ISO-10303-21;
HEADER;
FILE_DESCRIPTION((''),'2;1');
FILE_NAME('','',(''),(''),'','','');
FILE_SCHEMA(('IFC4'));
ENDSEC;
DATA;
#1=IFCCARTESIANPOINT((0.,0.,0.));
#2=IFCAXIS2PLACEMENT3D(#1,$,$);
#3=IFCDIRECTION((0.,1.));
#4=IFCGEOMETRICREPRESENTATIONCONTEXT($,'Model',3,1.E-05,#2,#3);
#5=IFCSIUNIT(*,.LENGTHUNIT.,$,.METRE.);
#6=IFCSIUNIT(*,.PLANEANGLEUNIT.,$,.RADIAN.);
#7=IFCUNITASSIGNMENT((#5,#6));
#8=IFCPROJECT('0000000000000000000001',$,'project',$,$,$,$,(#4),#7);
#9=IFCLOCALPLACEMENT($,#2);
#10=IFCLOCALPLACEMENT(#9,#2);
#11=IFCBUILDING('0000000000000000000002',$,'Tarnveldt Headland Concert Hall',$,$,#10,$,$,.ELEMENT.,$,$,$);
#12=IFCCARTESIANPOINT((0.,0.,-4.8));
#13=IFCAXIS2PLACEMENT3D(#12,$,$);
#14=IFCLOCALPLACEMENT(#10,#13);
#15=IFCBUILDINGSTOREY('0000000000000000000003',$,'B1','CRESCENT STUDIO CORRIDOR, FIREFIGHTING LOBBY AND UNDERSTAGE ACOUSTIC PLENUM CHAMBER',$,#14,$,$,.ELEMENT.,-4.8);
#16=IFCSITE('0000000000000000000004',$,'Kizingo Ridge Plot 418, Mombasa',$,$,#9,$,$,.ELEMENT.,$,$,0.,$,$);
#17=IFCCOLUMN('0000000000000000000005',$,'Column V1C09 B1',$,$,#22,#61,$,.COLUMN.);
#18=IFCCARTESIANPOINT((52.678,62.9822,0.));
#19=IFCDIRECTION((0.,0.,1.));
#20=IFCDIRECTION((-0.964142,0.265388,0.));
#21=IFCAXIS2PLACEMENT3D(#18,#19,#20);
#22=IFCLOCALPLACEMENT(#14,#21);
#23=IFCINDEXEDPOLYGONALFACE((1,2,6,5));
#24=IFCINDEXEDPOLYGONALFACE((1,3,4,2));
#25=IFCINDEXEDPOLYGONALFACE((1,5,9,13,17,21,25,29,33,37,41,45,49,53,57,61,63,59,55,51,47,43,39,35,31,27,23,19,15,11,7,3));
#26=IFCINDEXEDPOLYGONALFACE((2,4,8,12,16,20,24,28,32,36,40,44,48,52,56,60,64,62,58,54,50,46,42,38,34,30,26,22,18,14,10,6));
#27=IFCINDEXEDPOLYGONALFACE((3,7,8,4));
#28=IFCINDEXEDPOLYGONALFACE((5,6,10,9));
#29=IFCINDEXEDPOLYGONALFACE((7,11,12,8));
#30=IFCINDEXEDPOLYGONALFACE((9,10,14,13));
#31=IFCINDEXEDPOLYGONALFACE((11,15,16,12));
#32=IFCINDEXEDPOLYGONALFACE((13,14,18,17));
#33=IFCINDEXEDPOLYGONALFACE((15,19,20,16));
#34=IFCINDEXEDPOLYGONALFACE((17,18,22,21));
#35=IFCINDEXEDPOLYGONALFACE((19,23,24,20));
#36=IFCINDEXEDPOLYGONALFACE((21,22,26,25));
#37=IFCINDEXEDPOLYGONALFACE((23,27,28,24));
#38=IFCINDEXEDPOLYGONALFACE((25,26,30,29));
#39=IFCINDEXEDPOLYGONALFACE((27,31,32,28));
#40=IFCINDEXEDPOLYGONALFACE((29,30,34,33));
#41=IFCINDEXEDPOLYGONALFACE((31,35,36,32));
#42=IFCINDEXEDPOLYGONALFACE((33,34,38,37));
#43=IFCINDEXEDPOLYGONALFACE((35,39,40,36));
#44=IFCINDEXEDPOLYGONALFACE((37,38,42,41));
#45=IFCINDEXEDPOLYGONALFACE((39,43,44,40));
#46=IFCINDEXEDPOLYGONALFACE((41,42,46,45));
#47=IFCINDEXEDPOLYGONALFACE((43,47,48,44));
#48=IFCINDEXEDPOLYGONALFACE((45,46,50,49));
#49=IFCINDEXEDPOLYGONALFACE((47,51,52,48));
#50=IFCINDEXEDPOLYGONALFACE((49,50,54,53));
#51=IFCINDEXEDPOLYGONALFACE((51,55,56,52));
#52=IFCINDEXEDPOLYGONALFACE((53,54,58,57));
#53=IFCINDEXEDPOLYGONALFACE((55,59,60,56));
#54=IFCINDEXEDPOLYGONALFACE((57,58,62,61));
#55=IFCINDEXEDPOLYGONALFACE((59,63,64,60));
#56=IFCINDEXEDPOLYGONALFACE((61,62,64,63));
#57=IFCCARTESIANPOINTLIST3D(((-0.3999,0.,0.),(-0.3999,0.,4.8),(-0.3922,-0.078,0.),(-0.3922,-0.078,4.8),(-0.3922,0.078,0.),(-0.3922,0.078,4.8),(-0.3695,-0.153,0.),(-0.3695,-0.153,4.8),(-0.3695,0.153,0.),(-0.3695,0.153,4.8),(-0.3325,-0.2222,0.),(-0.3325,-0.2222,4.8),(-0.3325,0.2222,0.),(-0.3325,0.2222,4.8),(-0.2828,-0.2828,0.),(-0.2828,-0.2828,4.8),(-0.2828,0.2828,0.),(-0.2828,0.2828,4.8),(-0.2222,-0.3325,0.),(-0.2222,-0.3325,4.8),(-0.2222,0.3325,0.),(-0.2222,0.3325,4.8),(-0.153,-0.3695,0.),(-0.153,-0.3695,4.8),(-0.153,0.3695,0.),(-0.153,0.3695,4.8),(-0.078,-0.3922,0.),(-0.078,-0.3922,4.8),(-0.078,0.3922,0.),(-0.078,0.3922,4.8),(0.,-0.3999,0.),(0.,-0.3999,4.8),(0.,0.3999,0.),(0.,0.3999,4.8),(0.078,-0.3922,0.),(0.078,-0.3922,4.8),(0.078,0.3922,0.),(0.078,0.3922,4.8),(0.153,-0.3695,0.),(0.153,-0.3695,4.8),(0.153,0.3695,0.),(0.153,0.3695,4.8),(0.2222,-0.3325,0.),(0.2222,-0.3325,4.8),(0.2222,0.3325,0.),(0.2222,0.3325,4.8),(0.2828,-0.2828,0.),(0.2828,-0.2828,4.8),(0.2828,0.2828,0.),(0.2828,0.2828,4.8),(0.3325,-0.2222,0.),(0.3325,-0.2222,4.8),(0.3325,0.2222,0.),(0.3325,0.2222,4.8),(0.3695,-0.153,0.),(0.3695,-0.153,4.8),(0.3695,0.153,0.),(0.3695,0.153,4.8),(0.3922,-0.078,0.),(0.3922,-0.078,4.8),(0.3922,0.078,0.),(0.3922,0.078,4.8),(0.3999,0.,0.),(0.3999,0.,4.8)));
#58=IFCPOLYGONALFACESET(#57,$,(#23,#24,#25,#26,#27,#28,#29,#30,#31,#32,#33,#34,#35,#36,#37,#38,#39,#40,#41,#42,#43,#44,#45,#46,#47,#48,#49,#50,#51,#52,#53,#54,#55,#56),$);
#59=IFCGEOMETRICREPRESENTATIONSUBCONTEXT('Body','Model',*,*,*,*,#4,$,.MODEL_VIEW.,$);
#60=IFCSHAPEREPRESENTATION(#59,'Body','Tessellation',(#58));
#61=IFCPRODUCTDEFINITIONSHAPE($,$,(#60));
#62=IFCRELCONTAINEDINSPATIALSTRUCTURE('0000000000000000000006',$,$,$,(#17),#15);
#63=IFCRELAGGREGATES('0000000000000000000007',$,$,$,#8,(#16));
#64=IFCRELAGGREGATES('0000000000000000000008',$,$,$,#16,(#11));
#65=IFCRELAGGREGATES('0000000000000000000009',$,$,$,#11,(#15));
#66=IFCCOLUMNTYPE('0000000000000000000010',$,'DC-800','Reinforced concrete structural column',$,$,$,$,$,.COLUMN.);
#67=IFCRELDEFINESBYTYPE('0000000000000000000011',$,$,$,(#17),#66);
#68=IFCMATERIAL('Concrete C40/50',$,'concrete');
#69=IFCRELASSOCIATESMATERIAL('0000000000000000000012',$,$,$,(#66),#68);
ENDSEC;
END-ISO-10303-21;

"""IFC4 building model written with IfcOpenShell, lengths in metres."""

from ifc_helpers import new_model, si_unit, direction, frame, origin, origin_2d, place, context, subcontext, project, spatial, circle, extrude, material, material_profile, profile_set, type_object, element, save


model = new_model("IFC4")

# Units and contexts
model_context = context("Model", 3, precision=1e-05, world=origin(), true_north=direction((0.0, 1.0)))
body_context = subcontext(model_context, "Body", "Model", "MODEL_VIEW")
ifc_project = project(units=[si_unit("LENGTHUNIT", "METRE"), si_unit("PLANEANGLEUNIT", "RADIAN")], contexts=[model_context])

# Site, building, storey
site_placement = place(None, origin())
site = spatial("IfcSite", under=ifc_project, at=site_placement, Name="Kizingo Ridge Plot 418, Mombasa", CompositionType="ELEMENT", RefElevation=0.0)
building_placement = place(site_placement, origin())
building = spatial("IfcBuilding", under=site, at=building_placement, Name="Tarnveldt Headland Concert Hall", CompositionType="ELEMENT")
storey_placement = place(building_placement, frame((0.0, 0.0, -4.8)))
storey = spatial("IfcBuildingStorey", under=building, at=storey_placement, Name="B1", Description="CRESCENT STUDIO CORRIDOR, FIREFIGHTING LOBBY AND UNDERSTAGE ACOUSTIC PLENUM CHAMBER", CompositionType="ELEMENT", Elevation=-4.8)

# Shared definitions
ifc_material_1 = material(Name="Concrete C40/50", Category="concrete")

# Column
ifc_material_profile_1 = material_profile(ifc_material_1, circle(Radius=0.3999, at=origin_2d()), Name="RC D800", Category="concrete")
ifc_profile_set_1 = profile_set([ifc_material_profile_1], Name="Concrete C40/50")
column_type_1 = type_object("IfcColumnType", Name="DC-800", Description="Reinforced concrete structural column", PredefinedType="COLUMN", material=ifc_profile_set_1)
for number, where, z_axis, x_axis, name in (
    (1, (52.678, 62.9822, 0.0), (0.0, 0.0, 1.0), (-0.964142, 0.265388, 0.0), "Column V1C09 B1"),
):
    element("IfcColumn", number, at=place(storey_placement, frame(where, z_axis=z_axis, x_axis=x_axis)), inside=storey, type_object=column_type_1, Name=name, PredefinedType="COLUMN", context=body_context, shape_type="SweptSolid", body=[
        extrude(circle(Radius=0.3999, at=origin_2d()), origin(), (0.0, 0.0, 1.0), 4.8),
    ])

save(model, "model.ifc")
